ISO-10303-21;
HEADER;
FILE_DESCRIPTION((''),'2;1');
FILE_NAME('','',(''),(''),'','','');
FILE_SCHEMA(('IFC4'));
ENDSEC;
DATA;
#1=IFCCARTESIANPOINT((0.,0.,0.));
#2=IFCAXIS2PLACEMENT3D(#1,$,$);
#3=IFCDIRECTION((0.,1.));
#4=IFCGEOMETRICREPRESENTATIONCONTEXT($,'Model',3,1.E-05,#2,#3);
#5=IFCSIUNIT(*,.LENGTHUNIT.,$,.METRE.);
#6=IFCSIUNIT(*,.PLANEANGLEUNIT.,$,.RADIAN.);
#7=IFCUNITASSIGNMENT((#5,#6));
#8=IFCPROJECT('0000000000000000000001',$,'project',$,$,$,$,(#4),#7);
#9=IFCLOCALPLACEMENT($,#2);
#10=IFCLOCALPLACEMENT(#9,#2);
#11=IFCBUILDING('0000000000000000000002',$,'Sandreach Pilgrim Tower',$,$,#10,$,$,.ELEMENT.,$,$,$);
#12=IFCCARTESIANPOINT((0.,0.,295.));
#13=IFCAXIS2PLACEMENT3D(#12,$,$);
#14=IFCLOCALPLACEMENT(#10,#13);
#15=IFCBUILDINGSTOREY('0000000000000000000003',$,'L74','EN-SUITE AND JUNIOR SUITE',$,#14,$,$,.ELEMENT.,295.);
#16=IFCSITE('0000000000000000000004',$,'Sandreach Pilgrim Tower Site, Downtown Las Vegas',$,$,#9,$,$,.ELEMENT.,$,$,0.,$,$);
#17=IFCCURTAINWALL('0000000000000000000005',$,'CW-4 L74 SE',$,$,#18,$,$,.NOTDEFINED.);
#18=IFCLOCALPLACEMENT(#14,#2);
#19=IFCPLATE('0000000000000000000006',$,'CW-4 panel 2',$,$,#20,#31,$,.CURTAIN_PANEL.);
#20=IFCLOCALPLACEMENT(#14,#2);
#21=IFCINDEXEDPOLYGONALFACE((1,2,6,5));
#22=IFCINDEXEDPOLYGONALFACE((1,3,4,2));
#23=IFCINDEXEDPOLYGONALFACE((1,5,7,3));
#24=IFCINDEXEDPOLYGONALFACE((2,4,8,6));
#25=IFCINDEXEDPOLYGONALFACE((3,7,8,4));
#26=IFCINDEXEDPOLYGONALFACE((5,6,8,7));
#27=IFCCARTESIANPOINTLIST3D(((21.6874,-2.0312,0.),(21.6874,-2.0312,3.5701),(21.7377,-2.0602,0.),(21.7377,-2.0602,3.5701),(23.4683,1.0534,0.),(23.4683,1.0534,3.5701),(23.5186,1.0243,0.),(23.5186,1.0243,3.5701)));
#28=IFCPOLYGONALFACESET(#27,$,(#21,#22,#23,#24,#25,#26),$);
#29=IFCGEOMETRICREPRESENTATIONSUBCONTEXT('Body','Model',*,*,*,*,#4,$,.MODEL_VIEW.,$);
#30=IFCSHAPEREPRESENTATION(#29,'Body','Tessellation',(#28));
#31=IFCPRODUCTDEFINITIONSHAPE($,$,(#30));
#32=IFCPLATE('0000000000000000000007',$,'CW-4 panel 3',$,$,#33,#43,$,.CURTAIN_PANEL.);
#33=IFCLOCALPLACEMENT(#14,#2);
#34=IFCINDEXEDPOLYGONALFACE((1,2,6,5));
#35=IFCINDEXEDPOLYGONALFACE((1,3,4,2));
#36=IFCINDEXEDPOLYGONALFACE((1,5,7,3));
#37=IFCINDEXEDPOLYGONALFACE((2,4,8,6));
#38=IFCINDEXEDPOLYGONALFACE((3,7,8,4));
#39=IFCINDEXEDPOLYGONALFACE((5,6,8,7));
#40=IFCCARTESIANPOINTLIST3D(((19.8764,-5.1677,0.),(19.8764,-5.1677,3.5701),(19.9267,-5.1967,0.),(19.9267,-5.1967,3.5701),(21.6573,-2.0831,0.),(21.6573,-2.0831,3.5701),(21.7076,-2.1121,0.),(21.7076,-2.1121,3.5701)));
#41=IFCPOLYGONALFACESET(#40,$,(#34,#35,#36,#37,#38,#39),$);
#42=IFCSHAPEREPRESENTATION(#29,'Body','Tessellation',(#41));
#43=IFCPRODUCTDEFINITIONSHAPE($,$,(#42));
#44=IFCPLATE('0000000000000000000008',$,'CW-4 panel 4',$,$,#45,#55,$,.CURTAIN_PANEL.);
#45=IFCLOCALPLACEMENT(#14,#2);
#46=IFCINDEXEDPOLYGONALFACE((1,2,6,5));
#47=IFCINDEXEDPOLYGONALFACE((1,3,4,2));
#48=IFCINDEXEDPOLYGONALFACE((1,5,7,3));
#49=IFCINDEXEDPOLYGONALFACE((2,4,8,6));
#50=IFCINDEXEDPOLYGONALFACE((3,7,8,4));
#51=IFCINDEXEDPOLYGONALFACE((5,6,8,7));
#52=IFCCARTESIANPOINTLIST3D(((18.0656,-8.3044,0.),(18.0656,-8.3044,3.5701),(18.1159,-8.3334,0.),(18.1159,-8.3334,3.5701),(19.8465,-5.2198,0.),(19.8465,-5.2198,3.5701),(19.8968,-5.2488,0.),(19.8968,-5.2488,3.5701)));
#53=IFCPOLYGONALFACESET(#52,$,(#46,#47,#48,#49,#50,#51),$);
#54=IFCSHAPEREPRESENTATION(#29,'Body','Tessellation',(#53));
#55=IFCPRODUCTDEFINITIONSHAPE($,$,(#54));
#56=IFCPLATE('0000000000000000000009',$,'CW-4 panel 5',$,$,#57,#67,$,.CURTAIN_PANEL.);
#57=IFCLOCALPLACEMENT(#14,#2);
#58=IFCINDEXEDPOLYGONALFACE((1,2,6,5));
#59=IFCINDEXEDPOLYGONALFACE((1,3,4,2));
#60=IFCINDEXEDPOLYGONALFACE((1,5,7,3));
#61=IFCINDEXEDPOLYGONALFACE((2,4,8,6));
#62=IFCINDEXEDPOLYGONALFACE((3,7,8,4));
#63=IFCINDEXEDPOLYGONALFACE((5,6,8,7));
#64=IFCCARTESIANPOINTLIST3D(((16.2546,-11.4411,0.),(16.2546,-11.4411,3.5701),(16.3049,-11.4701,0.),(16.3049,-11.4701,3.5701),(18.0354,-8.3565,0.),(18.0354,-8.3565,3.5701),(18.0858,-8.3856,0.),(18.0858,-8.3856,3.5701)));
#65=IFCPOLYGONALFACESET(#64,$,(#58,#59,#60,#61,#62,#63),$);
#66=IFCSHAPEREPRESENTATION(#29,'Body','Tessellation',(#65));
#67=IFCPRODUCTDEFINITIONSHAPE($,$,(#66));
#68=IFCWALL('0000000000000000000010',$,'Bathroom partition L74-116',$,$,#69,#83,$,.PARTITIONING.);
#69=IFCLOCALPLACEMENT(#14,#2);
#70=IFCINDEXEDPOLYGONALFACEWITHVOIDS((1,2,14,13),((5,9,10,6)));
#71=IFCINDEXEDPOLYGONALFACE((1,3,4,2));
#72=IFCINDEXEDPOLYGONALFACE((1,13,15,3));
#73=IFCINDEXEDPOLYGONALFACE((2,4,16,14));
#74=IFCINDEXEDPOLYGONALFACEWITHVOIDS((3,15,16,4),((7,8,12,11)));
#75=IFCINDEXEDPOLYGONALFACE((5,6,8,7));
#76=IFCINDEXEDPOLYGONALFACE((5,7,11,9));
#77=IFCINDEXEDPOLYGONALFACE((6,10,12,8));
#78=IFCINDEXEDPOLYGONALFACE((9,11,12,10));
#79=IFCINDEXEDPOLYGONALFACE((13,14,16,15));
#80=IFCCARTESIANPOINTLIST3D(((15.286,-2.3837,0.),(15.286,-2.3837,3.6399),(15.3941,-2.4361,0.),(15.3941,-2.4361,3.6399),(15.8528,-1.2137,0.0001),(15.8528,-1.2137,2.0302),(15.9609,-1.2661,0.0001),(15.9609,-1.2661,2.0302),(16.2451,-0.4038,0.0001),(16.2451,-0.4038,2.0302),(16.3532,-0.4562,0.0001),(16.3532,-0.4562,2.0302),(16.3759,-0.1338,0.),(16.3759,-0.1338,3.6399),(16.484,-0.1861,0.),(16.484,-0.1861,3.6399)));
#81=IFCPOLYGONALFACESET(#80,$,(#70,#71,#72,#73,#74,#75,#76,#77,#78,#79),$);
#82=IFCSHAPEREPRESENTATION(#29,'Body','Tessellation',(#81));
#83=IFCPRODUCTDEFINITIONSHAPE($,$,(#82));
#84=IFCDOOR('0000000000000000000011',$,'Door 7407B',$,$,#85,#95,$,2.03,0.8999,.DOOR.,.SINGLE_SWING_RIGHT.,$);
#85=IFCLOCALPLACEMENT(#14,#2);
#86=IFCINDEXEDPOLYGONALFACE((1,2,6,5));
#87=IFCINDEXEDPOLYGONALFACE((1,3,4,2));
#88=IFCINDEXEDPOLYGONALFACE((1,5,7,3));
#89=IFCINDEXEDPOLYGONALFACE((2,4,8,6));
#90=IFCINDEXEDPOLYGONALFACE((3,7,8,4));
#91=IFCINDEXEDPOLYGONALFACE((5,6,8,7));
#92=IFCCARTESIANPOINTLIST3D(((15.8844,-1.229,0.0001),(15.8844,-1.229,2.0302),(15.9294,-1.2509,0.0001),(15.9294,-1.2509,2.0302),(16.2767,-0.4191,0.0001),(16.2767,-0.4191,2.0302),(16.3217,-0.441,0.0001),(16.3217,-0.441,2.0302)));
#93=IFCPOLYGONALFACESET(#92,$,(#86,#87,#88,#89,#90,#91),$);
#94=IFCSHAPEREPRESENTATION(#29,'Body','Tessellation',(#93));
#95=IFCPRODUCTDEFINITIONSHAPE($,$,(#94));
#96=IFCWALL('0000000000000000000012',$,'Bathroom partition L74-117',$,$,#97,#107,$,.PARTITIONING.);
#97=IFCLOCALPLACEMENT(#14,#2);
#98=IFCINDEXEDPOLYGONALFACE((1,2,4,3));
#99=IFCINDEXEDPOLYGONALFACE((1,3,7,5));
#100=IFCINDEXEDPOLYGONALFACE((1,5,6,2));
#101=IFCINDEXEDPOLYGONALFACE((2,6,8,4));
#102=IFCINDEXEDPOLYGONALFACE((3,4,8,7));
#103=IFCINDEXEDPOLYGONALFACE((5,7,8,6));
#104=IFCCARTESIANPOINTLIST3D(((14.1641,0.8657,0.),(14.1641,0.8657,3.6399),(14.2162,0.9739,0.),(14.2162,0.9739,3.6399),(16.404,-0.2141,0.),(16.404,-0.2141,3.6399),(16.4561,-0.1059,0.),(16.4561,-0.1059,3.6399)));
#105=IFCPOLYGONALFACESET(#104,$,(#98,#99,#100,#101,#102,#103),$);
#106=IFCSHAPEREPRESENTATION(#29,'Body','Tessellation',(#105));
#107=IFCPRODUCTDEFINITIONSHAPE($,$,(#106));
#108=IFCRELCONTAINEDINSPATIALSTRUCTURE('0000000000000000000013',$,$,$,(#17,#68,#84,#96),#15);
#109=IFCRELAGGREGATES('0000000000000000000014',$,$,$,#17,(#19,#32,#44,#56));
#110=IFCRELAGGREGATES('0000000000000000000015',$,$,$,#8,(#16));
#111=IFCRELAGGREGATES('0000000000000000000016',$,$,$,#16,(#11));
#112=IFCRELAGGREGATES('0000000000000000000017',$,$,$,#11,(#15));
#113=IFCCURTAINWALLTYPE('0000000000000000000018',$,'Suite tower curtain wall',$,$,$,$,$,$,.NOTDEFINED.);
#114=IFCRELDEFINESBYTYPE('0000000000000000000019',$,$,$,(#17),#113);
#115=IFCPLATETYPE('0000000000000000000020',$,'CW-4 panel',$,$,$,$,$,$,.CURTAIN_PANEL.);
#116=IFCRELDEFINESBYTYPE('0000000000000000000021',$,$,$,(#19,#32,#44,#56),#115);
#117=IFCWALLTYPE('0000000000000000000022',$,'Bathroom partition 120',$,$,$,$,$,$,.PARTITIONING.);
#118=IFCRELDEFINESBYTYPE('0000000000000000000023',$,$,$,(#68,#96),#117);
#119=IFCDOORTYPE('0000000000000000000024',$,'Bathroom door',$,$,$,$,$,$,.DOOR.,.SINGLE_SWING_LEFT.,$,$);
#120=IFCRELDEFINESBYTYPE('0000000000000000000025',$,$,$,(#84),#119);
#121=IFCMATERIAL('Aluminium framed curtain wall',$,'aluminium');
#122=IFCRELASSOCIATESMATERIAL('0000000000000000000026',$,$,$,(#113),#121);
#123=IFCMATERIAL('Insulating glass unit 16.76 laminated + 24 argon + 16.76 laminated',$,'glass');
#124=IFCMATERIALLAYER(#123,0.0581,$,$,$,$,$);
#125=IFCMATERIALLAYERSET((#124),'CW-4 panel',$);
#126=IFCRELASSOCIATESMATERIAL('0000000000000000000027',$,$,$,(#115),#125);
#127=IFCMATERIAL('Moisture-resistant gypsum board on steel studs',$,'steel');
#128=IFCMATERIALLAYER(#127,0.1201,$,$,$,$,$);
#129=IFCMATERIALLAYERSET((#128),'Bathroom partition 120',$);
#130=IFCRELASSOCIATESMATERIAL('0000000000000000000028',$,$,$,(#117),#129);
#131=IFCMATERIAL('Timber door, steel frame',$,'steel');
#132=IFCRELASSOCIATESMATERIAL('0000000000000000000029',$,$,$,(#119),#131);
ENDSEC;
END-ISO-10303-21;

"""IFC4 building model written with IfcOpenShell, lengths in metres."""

from ifc_helpers import new_model, si_unit, direction, frame, frame_2d, origin, origin_2d, place, context, subcontext, project, spatial, rectangle, extrude, material, layer, layer_set, type_object, element, fill, aggregate, save


model = new_model("IFC4")

# Units and contexts
model_context = context("Model", 3, precision=1e-05, world=origin(), true_north=direction((0.0, 1.0)))
body_context = subcontext(model_context, "Body", "Model", "MODEL_VIEW")
ifc_project = project(units=[si_unit("LENGTHUNIT", "METRE"), si_unit("PLANEANGLEUNIT", "RADIAN")], contexts=[model_context])

# Site, building, storey
site_placement = place(None, origin())
site = spatial("IfcSite", under=ifc_project, at=site_placement, Name="Sandreach Pilgrim Tower Site, Downtown Las Vegas", CompositionType="ELEMENT", RefElevation=0.0)
building_placement = place(site_placement, origin())
building = spatial("IfcBuilding", under=site, at=building_placement, Name="Sandreach Pilgrim Tower", CompositionType="ELEMENT")
storey_placement = place(building_placement, frame((0.0, 0.0, 295.0)))
storey = spatial("IfcBuildingStorey", under=building, at=storey_placement, Name="L74", Description="EN-SUITE AND JUNIOR SUITE", CompositionType="ELEMENT", Elevation=295.0)

# Curtain wall
ifc_material_1 = material(Name="Aluminium framed curtain wall", Category="aluminium")
curtain_wall_type = type_object("IfcCurtainWallType", Name="Suite tower curtain wall", PredefinedType="NOTDEFINED", material=ifc_material_1)
curtain_wall_placement = place(storey_placement, origin())
curtain_wall = element("IfcCurtainWall", 1, at=curtain_wall_placement, inside=storey, type_object=curtain_wall_type, Name="CW-4 L74 SE", PredefinedType="NOTDEFINED")

# Plates
ifc_material_2 = material(Name="Insulating glass unit 16.76 laminated + 24 argon + 16.76 laminated", Category="glass")
ifc_layer_1 = layer(ifc_material_2, 0.0581)
ifc_layer_set_1 = layer_set([ifc_layer_1], Name="CW-4 panel")
plate_type = type_object("IfcPlateType", Name="CW-4 panel", PredefinedType="CURTAIN_PANEL", material=ifc_layer_set_1)
plate_1_placement = place(storey_placement, frame((22.603, -0.5034, 0.0), z_axis=(0.0, 0.0, 1.0), x_axis=(-0.5, -0.866025, 0.0)))
plate_1 = element("IfcPlate", 2, at=plate_1_placement, type_object=plate_type, Name="CW-4 panel 2", PredefinedType="CURTAIN_PANEL", context=body_context, shape_type="SweptSolid", body=[
    extrude(rectangle(XDim=3.5618, YDim=0.0581, at=origin_2d()), origin(), (0.0, 0.0, 1.0), 3.5701),
])
plate_2_placement = place(storey_placement, frame((20.792, -3.6399, 0.0), z_axis=(0.0, 0.0, 1.0), x_axis=(-0.5, -0.866025, 0.0)))
plate_2 = element("IfcPlate", 3, at=plate_2_placement, type_object=plate_type, Name="CW-4 panel 3", PredefinedType="CURTAIN_PANEL", context=body_context, shape_type="SweptSolid", body=[
    extrude(rectangle(XDim=3.5618, YDim=0.0581, at=origin_2d()), origin(), (0.0, 0.0, 1.0), 3.5701),
])
plate_3_placement = place(storey_placement, frame((18.9812, -6.7766, 0.0), z_axis=(0.0, 0.0, 1.0), x_axis=(-0.5, -0.866025, 0.0)))
plate_3 = element("IfcPlate", 4, at=plate_3_placement, type_object=plate_type, Name="CW-4 panel 4", PredefinedType="CURTAIN_PANEL", context=body_context, shape_type="SweptSolid", body=[
    extrude(rectangle(XDim=3.5618, YDim=0.0581, at=origin_2d()), origin(), (0.0, 0.0, 1.0), 3.5701),
])
plate_4_placement = place(storey_placement, frame((17.1702, -9.9133, 0.0), z_axis=(0.0, 0.0, 1.0), x_axis=(-0.5, -0.866025, 0.0)))
plate_4 = element("IfcPlate", 5, at=plate_4_placement, type_object=plate_type, Name="CW-4 panel 5", PredefinedType="CURTAIN_PANEL", context=body_context, shape_type="SweptSolid", body=[
    extrude(rectangle(XDim=3.5618, YDim=0.0581, at=origin_2d()), origin(), (0.0, 0.0, 1.0), 3.5701),
])
aggregate(curtain_wall, [plate_1, plate_2, plate_3, plate_4])

# Wall, opening, door
ifc_material_3 = material(Name="Moisture-resistant gypsum board on steel studs", Category="steel")
ifc_layer_2 = layer(ifc_material_3, 0.1201)
ifc_layer_set_2 = layer_set([ifc_layer_2], Name="Bathroom partition 120")
wall_type = type_object("IfcWallType", Name="Bathroom partition 120", PredefinedType="PARTITIONING", material=ifc_layer_set_2)
wall_1_placement = place(storey_placement, frame((15.3401, -2.4099, 0.0), z_axis=(0.0, 0.0, 1.0), x_axis=(0.435928, 0.899981, 0.0)))
wall_1 = element("IfcWall", 6, at=wall_1_placement, inside=storey, type_object=wall_type, Name="Bathroom partition L74-116", PredefinedType="PARTITIONING", context=body_context, shape_type="SweptSolid", body=[
    extrude(rectangle(XDim=2.5, YDim=0.1201, at=frame_2d((1.25, 0.0))), origin(), (0.0, 0.0, 1.0), 3.6399),
])
opening_placement = place(wall_1_placement, frame((1.3, 0.0, 0.0)))
opening = element("IfcOpeningElement", 7, at=opening_placement, cuts=wall_1, PredefinedType="OPENING", context=body_context, shape_type="SweptSolid", body=[
    extrude(rectangle(XDim=0.8999, YDim=2.03, at=frame_2d((0.45, 1.0151))), frame((0.0, 0.0601, 0.0), z_axis=(0.0, -1.0, 0.0), x_axis=(1.0, 0.0, 0.0)), (0.0, 0.0, 1.0), 0.1201),
])
ifc_material_4 = material(Name="Timber door, steel frame", Category="steel")
door_type = type_object("IfcDoorType", Name="Bathroom door", OperationType="SINGLE_SWING_LEFT", PredefinedType="DOOR", material=ifc_material_4)
door_placement = place(opening_placement, origin())
door = element("IfcDoor", 8, at=door_placement, inside=storey, type_object=door_type, Name="Door 7407B", OperationType="SINGLE_SWING_RIGHT", OverallHeight=2.03, OverallWidth=0.8999, PredefinedType="DOOR", context=body_context, shape_type="SweptSolid", body=[
    extrude(rectangle(XDim=0.8999, YDim=2.03, at=frame_2d((0.45, 1.0151))), frame((0.0, 0.0249, 0.0), z_axis=(0.0, -1.0, 0.0), x_axis=(1.0, 0.0, 0.0)), (0.0, 0.0, 1.0), 0.05),
])
fill(opening, door)

# Wall
wall_2_placement = place(storey_placement, frame((16.4299, -0.1599, 0.0), z_axis=(0.0, 0.0, 1.0), x_axis=(-0.900794, 0.434247, 0.0)))
element("IfcWall", 9, at=wall_2_placement, inside=storey, type_object=wall_type, Name="Bathroom partition L74-117", PredefinedType="PARTITIONING", context=body_context, shape_type="SweptSolid", body=[
    extrude(rectangle(XDim=2.4866, YDim=0.1201, at=frame_2d((1.2432, 0.0))), origin(), (0.0, 0.0, 1.0), 3.6399),
])

save(model, "model.ifc")
